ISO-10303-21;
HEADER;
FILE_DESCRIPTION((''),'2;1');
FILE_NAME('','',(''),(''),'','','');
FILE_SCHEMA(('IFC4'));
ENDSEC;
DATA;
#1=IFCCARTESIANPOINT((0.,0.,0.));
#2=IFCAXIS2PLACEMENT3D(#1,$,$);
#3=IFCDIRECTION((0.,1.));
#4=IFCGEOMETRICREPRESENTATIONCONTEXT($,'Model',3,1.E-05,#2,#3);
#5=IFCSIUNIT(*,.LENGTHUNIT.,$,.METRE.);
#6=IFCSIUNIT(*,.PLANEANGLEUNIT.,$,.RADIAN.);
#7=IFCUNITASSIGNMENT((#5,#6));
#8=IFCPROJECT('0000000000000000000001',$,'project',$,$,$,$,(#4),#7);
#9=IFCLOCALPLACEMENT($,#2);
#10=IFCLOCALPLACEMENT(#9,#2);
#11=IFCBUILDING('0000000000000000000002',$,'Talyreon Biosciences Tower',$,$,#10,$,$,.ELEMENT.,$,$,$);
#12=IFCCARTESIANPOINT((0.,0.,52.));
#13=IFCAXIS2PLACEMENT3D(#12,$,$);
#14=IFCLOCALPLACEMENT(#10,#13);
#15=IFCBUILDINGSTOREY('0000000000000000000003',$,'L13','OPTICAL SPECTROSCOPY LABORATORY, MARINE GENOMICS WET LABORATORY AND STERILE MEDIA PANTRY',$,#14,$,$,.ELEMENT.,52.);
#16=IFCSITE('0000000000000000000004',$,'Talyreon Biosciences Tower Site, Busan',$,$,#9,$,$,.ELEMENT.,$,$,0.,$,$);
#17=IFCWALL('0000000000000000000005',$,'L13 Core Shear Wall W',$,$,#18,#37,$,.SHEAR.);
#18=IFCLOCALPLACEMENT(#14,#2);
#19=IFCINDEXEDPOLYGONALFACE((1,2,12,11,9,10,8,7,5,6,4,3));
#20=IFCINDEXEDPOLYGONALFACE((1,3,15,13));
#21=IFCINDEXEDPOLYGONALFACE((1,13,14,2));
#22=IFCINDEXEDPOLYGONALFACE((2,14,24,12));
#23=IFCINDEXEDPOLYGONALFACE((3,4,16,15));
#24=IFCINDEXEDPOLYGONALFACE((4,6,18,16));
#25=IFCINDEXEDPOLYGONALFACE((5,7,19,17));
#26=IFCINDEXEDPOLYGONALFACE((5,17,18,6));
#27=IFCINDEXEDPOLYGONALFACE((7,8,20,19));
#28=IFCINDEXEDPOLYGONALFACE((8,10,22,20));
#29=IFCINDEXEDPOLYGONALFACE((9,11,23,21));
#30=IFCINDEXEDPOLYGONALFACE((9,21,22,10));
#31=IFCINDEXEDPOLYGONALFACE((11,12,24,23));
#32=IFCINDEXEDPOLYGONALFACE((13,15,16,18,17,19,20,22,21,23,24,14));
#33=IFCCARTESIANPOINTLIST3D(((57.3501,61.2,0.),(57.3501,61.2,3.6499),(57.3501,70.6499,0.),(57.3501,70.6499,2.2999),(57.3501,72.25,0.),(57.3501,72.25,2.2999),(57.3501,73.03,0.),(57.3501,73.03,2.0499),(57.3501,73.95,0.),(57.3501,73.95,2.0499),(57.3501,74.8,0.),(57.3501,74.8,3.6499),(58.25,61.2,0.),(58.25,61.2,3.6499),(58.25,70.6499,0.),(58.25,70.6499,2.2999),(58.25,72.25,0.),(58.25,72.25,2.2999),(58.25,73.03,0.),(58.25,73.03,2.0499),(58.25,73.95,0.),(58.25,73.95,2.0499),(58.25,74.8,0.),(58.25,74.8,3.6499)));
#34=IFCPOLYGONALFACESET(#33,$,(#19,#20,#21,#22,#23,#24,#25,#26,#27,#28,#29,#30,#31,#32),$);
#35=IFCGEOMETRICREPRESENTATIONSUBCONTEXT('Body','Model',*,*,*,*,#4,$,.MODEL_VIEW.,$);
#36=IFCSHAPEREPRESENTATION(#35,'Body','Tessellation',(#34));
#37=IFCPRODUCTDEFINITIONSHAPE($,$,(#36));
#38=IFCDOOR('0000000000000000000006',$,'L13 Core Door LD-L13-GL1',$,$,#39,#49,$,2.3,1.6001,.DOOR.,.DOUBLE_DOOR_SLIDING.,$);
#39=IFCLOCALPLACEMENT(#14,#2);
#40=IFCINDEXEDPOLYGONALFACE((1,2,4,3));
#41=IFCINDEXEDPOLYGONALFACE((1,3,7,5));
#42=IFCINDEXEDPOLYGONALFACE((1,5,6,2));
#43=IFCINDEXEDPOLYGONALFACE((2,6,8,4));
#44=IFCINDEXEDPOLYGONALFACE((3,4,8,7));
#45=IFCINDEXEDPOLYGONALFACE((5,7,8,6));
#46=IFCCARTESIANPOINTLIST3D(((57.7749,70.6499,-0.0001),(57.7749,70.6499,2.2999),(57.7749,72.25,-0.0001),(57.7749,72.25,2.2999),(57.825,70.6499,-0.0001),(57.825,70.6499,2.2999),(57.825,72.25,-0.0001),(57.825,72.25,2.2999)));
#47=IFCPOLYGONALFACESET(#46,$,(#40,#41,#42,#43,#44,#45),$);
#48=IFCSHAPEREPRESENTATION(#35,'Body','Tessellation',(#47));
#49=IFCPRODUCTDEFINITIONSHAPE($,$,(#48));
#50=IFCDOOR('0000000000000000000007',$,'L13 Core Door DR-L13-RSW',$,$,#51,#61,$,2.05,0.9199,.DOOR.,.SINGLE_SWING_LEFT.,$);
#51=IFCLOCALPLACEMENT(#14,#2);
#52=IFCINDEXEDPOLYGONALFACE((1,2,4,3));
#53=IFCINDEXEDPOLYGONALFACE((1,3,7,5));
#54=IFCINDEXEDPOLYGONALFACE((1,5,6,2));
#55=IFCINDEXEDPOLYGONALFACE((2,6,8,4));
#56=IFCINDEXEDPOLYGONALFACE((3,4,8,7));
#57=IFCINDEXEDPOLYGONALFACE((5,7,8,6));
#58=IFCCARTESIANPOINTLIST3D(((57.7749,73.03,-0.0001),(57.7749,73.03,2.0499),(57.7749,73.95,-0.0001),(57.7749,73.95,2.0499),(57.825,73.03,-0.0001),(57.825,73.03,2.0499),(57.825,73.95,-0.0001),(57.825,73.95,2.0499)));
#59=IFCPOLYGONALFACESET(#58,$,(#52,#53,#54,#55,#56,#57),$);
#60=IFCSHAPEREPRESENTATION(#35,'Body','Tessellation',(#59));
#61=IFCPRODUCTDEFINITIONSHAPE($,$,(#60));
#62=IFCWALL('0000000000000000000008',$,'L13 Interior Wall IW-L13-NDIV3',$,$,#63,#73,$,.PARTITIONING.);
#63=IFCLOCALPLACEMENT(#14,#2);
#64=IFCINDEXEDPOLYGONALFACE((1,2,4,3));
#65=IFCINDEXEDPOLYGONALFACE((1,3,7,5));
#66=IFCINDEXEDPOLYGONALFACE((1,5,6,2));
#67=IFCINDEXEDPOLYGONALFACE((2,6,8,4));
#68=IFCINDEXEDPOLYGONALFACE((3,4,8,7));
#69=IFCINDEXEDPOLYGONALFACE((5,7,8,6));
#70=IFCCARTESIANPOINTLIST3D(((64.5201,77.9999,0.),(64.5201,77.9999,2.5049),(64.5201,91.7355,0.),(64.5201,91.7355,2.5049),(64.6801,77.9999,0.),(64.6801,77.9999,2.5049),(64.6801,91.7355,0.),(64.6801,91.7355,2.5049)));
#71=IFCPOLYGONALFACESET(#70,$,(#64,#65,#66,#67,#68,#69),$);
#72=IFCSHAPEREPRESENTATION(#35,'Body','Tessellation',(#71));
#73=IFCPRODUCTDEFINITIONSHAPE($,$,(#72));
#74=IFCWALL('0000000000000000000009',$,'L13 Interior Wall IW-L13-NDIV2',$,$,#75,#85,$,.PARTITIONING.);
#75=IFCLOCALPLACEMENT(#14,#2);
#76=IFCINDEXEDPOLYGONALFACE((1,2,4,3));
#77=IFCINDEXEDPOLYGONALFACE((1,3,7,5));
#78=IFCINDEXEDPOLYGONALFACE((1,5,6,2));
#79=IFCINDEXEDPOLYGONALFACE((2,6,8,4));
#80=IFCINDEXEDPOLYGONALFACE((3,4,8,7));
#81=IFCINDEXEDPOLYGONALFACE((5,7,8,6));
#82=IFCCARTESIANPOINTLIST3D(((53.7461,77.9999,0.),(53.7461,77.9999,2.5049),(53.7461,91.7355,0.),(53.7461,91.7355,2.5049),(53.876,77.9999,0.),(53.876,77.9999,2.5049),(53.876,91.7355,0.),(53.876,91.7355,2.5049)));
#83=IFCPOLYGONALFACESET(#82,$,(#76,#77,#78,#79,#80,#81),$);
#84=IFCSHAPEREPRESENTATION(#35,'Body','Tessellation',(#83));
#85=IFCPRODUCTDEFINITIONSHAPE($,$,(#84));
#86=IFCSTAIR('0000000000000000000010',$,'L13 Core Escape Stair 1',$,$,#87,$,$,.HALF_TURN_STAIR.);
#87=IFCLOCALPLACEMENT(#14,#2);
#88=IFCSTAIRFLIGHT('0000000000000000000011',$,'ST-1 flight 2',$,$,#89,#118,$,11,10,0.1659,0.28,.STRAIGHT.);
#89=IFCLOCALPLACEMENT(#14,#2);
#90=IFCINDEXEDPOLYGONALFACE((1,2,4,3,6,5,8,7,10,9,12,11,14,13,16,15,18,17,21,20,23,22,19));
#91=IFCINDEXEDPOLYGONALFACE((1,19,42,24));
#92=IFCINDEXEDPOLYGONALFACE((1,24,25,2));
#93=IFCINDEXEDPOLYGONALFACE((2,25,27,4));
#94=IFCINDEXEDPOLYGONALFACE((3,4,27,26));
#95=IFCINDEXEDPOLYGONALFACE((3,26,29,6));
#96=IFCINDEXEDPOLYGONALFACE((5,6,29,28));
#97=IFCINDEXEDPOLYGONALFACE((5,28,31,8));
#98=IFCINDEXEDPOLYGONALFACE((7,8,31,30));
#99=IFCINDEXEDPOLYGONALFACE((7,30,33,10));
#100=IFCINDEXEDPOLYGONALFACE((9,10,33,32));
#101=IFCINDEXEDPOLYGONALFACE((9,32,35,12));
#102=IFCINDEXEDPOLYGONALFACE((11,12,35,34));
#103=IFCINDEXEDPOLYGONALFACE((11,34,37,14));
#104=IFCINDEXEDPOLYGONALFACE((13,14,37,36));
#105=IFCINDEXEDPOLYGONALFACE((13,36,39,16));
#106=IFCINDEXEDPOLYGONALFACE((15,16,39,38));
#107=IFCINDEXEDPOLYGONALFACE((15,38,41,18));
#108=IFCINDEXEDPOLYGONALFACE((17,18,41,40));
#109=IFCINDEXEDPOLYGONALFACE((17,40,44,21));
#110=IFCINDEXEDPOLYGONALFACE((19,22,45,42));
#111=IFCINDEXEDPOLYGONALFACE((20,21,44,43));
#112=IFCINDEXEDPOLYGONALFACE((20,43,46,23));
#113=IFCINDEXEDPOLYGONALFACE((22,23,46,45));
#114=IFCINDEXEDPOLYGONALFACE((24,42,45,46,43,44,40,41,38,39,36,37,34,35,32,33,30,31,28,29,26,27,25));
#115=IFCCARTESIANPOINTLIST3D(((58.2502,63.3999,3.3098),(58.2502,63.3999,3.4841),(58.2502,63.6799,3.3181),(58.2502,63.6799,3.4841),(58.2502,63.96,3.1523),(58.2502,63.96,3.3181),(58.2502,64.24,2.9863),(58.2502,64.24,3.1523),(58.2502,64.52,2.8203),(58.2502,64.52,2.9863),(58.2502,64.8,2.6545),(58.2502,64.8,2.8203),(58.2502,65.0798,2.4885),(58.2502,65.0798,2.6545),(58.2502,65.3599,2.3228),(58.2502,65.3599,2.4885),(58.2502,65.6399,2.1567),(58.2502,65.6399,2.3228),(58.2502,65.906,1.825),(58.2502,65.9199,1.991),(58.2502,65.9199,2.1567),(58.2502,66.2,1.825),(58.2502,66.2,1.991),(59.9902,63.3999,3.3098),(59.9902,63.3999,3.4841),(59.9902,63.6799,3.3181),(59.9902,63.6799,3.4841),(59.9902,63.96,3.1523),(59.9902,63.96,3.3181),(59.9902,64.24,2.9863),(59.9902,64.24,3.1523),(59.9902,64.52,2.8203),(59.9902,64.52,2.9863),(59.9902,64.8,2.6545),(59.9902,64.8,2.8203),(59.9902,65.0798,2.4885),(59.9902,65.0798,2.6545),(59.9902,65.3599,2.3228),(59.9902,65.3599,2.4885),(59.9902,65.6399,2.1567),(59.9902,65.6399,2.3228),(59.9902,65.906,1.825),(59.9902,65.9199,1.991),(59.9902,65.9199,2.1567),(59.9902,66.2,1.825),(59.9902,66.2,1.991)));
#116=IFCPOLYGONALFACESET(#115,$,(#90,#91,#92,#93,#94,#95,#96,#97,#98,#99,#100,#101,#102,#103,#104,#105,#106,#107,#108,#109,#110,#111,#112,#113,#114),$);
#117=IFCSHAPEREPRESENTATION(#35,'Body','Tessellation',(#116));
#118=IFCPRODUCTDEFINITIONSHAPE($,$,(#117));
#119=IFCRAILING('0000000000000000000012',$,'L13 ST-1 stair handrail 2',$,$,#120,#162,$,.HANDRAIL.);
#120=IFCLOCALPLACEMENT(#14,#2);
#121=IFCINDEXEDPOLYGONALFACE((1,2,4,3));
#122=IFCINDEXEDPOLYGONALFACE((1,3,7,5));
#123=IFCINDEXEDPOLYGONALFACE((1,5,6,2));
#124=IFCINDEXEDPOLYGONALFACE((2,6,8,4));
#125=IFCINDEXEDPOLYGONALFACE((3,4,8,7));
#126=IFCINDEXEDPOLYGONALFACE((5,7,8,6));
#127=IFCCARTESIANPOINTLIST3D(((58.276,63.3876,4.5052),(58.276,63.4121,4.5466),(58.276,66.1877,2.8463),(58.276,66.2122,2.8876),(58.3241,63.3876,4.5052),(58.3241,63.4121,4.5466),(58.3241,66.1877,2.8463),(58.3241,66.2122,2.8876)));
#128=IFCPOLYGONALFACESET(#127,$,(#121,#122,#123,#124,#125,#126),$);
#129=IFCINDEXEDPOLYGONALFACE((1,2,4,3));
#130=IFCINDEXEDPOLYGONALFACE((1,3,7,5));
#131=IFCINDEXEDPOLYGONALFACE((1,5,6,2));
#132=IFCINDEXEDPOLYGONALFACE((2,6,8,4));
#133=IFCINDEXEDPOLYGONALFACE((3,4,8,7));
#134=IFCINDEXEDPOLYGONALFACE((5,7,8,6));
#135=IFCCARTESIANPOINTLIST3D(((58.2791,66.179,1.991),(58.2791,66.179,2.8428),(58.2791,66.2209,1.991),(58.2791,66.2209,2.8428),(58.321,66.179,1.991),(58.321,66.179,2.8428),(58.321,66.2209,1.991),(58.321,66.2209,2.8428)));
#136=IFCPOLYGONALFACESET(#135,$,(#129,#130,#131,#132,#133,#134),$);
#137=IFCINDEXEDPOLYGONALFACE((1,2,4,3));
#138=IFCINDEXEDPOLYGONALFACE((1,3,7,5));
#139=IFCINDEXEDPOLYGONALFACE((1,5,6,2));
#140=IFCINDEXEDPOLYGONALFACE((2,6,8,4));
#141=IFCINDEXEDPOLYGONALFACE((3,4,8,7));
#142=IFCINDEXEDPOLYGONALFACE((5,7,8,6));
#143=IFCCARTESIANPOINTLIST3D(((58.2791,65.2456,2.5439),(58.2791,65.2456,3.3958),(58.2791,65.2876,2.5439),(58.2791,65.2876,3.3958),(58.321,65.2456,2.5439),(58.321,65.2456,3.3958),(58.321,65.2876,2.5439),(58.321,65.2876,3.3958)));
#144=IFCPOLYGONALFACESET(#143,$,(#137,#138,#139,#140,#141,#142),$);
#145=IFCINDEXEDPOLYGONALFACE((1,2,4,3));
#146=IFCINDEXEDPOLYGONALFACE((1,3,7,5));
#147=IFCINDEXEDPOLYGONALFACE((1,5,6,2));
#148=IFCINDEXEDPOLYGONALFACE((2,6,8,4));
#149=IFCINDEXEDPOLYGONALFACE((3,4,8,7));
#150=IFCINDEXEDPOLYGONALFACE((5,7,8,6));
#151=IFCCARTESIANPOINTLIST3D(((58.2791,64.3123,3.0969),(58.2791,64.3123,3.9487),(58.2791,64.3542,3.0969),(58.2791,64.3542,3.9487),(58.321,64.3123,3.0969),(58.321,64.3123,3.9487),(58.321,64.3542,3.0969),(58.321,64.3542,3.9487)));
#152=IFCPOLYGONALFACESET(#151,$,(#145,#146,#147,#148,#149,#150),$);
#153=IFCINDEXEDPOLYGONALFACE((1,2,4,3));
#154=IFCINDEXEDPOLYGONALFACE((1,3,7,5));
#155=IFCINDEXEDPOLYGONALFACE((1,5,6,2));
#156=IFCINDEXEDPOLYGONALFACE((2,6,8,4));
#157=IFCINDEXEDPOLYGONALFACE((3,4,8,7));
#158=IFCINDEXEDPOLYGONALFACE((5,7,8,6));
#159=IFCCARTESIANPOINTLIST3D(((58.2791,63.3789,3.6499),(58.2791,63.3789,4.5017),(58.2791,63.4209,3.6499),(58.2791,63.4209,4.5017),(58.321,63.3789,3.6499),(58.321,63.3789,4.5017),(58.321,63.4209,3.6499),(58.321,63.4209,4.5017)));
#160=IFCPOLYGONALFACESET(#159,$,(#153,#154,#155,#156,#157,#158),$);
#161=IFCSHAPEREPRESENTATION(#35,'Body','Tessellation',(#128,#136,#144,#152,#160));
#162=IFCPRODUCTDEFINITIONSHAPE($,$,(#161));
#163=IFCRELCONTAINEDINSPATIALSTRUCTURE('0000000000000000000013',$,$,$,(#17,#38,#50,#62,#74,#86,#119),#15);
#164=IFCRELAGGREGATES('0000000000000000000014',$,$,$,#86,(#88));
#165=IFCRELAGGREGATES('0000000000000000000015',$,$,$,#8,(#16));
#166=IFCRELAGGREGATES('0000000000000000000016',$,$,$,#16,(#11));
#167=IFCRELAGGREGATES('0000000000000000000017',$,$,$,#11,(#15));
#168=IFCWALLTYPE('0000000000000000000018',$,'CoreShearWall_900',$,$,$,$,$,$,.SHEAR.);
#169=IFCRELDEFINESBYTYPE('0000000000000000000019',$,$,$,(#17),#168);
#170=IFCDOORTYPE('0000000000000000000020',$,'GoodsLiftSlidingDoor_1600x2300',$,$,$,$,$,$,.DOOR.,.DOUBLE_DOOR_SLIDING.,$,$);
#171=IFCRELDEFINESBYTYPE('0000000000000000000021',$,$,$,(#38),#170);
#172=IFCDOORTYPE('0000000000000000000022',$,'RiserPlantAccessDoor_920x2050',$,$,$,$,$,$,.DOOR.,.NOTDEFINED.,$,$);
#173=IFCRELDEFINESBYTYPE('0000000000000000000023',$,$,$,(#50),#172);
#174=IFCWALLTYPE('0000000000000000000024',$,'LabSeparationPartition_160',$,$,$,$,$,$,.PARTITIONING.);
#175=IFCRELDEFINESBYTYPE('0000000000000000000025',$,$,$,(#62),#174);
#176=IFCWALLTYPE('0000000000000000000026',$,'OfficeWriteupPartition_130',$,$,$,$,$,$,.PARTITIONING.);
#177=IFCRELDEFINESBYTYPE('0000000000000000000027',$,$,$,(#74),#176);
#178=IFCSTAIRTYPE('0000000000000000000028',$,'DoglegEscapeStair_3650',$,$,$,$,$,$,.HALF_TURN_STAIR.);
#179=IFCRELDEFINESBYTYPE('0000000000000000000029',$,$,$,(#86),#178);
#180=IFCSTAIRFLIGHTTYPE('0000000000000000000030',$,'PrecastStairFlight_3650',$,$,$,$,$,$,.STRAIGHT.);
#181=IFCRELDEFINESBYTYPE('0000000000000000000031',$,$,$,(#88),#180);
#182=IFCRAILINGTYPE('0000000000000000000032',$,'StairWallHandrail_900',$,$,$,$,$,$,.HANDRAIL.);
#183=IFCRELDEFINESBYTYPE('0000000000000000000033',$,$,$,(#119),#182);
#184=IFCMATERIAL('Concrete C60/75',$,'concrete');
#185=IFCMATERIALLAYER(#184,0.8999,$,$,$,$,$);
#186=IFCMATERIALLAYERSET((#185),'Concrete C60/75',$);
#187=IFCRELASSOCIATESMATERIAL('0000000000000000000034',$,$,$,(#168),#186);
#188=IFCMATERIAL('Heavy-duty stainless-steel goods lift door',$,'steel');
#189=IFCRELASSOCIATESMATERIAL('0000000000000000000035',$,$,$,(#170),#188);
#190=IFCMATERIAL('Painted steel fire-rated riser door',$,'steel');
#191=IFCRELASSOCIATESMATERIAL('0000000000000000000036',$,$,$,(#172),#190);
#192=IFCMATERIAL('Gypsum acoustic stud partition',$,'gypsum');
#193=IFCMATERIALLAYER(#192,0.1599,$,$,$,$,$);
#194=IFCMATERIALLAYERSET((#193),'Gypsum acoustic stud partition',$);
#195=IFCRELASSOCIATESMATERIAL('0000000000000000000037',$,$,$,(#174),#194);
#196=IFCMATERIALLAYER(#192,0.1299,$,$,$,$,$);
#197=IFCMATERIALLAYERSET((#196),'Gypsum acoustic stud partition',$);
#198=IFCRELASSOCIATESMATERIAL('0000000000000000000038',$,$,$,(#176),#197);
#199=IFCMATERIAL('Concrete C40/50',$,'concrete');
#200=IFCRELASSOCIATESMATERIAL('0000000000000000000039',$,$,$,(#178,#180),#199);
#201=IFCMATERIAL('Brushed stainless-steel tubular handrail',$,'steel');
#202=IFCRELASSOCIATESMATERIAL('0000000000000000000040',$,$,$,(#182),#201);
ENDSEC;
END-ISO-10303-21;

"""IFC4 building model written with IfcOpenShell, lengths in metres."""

from ifc_helpers import new_model, si_unit, direction, frame, frame_2d, origin, origin_2d, place, context, subcontext, project, spatial, polyline, rectangle, outline, extrude, material, layer, layer_set, type_object, element, fill, aggregate, save


model = new_model("IFC4")

# Units and contexts
model_context = context("Model", 3, precision=1e-05, world=origin(), true_north=direction((0.0, 1.0)))
body_context = subcontext(model_context, "Body", "Model", "MODEL_VIEW")
ifc_project = project(units=[si_unit("LENGTHUNIT", "METRE"), si_unit("PLANEANGLEUNIT", "RADIAN")], contexts=[model_context])

# Site, building, storey
site_placement = place(None, origin())
site = spatial("IfcSite", under=ifc_project, at=site_placement, Name="Talyreon Biosciences Tower Site, Busan", CompositionType="ELEMENT", RefElevation=0.0)
building_placement = place(site_placement, origin())
building = spatial("IfcBuilding", under=site, at=building_placement, Name="Talyreon Biosciences Tower", CompositionType="ELEMENT")
storey_placement = place(building_placement, frame((0.0, 0.0, 52.0)))
storey = spatial("IfcBuildingStorey", under=building, at=storey_placement, Name="L13", Description="OPTICAL SPECTROSCOPY LABORATORY, MARINE GENOMICS WET LABORATORY AND STERILE MEDIA PANTRY", CompositionType="ELEMENT", Elevation=52.0)

# Shared definitions
ifc_material_1 = material(Name="Concrete C60/75", Category="concrete")

# Shared definitions
ifc_layer_1 = layer(ifc_material_1, 0.8999)
ifc_layer_set_1 = layer_set([ifc_layer_1], Name="Concrete C60/75")
wall_type_1 = type_object("IfcWallType", Name="CoreShearWall_900", PredefinedType="SHEAR", material=ifc_layer_set_1)

# Wall, openings, doors
wall_1_placement = place(storey_placement, frame((57.8, 74.8, 0.0), z_axis=(0.0, 0.0, 1.0), x_axis=(0.0, -1.0, 0.0)))
wall_1 = element("IfcWall", 1, at=wall_1_placement, inside=storey, type_object=wall_type_1, Name="L13 Core Shear Wall W", PredefinedType="SHEAR", context=body_context, shape_type="SweptSolid", body=[
    extrude(rectangle(XDim=13.6001, YDim=0.8999, at=frame_2d((6.8, 0.0))), origin(), (0.0, 0.0, 1.0), 3.6499),
])
opening_1_placement = place(wall_1_placement, frame((0.8501, 0.0, 0.0)))
opening_1 = element("IfcOpeningElement", 2, at=opening_1_placement, cuts=wall_1, PredefinedType="OPENING", context=body_context, shape_type="SweptSolid", body=[
    extrude(rectangle(XDim=0.9199, YDim=2.05, at=frame_2d((0.46, 1.0249))), frame((0.0, 0.46, 0.0), z_axis=(0.0, -1.0, 0.0), x_axis=(1.0, 0.0, 0.0)), (0.0, 0.0, 1.0), 0.9199),
])
opening_2_placement = place(wall_1_placement, frame((2.55, 0.0, 0.0)))
opening_2 = element("IfcOpeningElement", 3, at=opening_2_placement, cuts=wall_1, PredefinedType="OPENING", context=body_context, shape_type="SweptSolid", body=[
    extrude(rectangle(XDim=1.6001, YDim=2.3, at=frame_2d((0.8, 1.1499))), frame((0.0, 0.46, 0.0), z_axis=(0.0, -1.0, 0.0), x_axis=(1.0, 0.0, 0.0)), (0.0, 0.0, 1.0), 0.9199),
])
ifc_material_2 = material(Name="Heavy-duty stainless-steel goods lift door", Category="steel")
door_type_1 = type_object("IfcDoorType", Name="GoodsLiftSlidingDoor_1600x2300", OperationType="DOUBLE_DOOR_SLIDING", PredefinedType="DOOR", material=ifc_material_2)
door_1_placement = place(opening_2_placement, origin())
door_1 = element("IfcDoor", 4, at=door_1_placement, inside=storey, type_object=door_type_1, Name="L13 Core Door LD-L13-GL1", OperationType="DOUBLE_DOOR_SLIDING", OverallHeight=2.3, OverallWidth=1.6001, PredefinedType="DOOR", context=body_context, shape_type="SweptSolid", body=[
    extrude(rectangle(XDim=1.6001, YDim=2.3, at=frame_2d((0.8, 1.1499))), frame((0.0, 0.0249, 0.0), z_axis=(0.0, -1.0, 0.0), x_axis=(1.0, 0.0, 0.0)), (0.0, 0.0, 1.0), 0.05),
])
fill(opening_2, door_1)
ifc_material_3 = material(Name="Painted steel fire-rated riser door", Category="steel")
door_type_2 = type_object("IfcDoorType", Name="RiserPlantAccessDoor_920x2050", OperationType="NOTDEFINED", PredefinedType="DOOR", material=ifc_material_3)
door_2_placement = place(opening_1_placement, origin())
door_2 = element("IfcDoor", 5, at=door_2_placement, inside=storey, type_object=door_type_2, Name="L13 Core Door DR-L13-RSW", OperationType="SINGLE_SWING_LEFT", OverallHeight=2.05, OverallWidth=0.9199, PredefinedType="DOOR", context=body_context, shape_type="SweptSolid", body=[
    extrude(rectangle(XDim=0.9199, YDim=2.05, at=frame_2d((0.46, 1.0249))), frame((0.0, 0.0249, 0.0), z_axis=(0.0, -1.0, 0.0), x_axis=(1.0, 0.0, 0.0)), (0.0, 0.0, 1.0), 0.05),
])
fill(opening_1, door_2)

# Walls
ifc_material_4 = material(Name="Gypsum acoustic stud partition", Category="gypsum")
ifc_layer_2 = layer(ifc_material_4, 0.1599)
ifc_layer_set_2 = layer_set([ifc_layer_2], Name="Gypsum acoustic stud partition")
wall_type_2 = type_object("IfcWallType", Name="LabSeparationPartition_160", PredefinedType="PARTITIONING", material=ifc_layer_set_2)
wall_2_placement = place(storey_placement, frame((64.6001, 78.0, 0.0), z_axis=(0.0, 0.0, 1.0), x_axis=(0.0, 1.0, 0.0)))
element("IfcWall", 6, at=wall_2_placement, inside=storey, type_object=wall_type_2, Name="L13 Interior Wall IW-L13-NDIV3", PredefinedType="PARTITIONING", context=body_context, shape_type="SweptSolid", body=[
    extrude(rectangle(XDim=13.7356, YDim=0.1599, at=frame_2d((6.8677, 0.0))), origin(), (0.0, 0.0, 1.0), 2.5049),
])
ifc_layer_3 = layer(ifc_material_4, 0.1299)
ifc_layer_set_3 = layer_set([ifc_layer_3], Name="Gypsum acoustic stud partition")
wall_type_3 = type_object("IfcWallType", Name="OfficeWriteupPartition_130", PredefinedType="PARTITIONING", material=ifc_layer_set_3)
wall_3_placement = place(storey_placement, frame((53.811, 78.0, 0.0), z_axis=(0.0, 0.0, 1.0), x_axis=(0.0, 1.0, 0.0)))
element("IfcWall", 7, at=wall_3_placement, inside=storey, type_object=wall_type_3, Name="L13 Interior Wall IW-L13-NDIV2", PredefinedType="PARTITIONING", context=body_context, shape_type="SweptSolid", body=[
    extrude(rectangle(XDim=13.7356, YDim=0.1299, at=frame_2d((6.8677, 0.0))), origin(), (0.0, 0.0, 1.0), 2.5049),
])

# Stair, stair flight
ifc_material_5 = material(Name="Concrete C40/50", Category="concrete")
stair_type = type_object("IfcStairType", Name="DoglegEscapeStair_3650", PredefinedType="HALF_TURN_STAIR", material=ifc_material_5)
stair_placement = place(storey_placement, origin())
stair = element("IfcStair", 8, at=stair_placement, inside=storey, type_object=stair_type, Name="L13 Core Escape Stair 1", PredefinedType="HALF_TURN_STAIR")
stair_flight_type = type_object("IfcStairFlightType", Name="PrecastStairFlight_3650", PredefinedType="STRAIGHT", material=ifc_material_5)
stair_flight_placement = place(storey_placement, frame((59.1201, 66.2, 1.825), z_axis=(0.0, 0.0, 1.0), x_axis=(0.0, -1.0, 0.0)))
stair_flight = element("IfcStairFlight", 9, at=stair_flight_placement, type_object=stair_flight_type, Name="ST-1 flight 2", NumberOfRisers=11, NumberOfTreads=10, PredefinedType="STRAIGHT", RiserHeight=0.1659, TreadLength=0.28, context=body_context, shape_type="SweptSolid", body=[
    extrude(outline(polyline([(0.0, 0.0), (0.0, 0.166), (0.28, 0.166), (0.28, 0.3318), (0.5601, 0.3318), (0.5601, 0.4978), (0.8401, 0.4978), (0.8401, 0.6636), (1.1201, 0.6636), (1.1201, 0.8296), (1.3999, 0.8296), (1.3999, 0.9954), (1.6799, 0.9954), (1.6799, 1.1614), (1.96, 1.1614), (1.96, 1.3274), (2.24, 1.3274), (2.24, 1.4932), (2.52, 1.4932), (2.52, 1.6592), (2.8, 1.6592), (2.8, 1.825), (2.8, 1.4849), (0.2939, 0.0), (0.0, 0.0)])), frame((0.0, 0.8701, 0.0), z_axis=(0.0, -1.0, 0.0), x_axis=(1.0, 0.0, 0.0)), (0.0, 0.0, 1.0), 1.74),
])
aggregate(stair, [stair_flight])

# Railing
ifc_material_6 = material(Name="Brushed stainless-steel tubular handrail", Category="steel")
railing_type_1 = type_object("IfcRailingType", Name="StairWallHandrail_900", PredefinedType="HANDRAIL", material=ifc_material_6)
railing_1_placement = place(storey_placement, frame((58.3, 66.2, 1.991)))
element("IfcRailing", 10, at=railing_1_placement, inside=storey, type_object=railing_type_1, Name="L13 ST-1 stair handrail 2", PredefinedType="HANDRAIL", context=body_context, shape_type="SweptSolid", body=[
    extrude(rectangle(XDim=0.0481, YDim=0.0481, at=origin_2d()), frame((0.0, 0.0, 0.876), z_axis=(0.0, -0.860339, 0.509722), x_axis=(1.0, 0.0, 0.0)), (0.0, 0.0, 1.0), 3.2546),
    extrude(rectangle(XDim=0.042, YDim=0.042, at=origin_2d()), origin(), (0.0, 0.0, 1.0), 0.8518),
    extrude(rectangle(XDim=0.042, YDim=0.042, at=origin_2d()), frame((0.0, -0.9333, 0.553)), (0.0, 0.0, 1.0), 0.8518),
    extrude(rectangle(XDim=0.042, YDim=0.042, at=origin_2d()), frame((0.0, -1.8667, 1.106)), (0.0, 0.0, 1.0), 0.8518),
    extrude(rectangle(XDim=0.042, YDim=0.042, at=origin_2d()), frame((0.0, -2.8, 1.6589)), (0.0, 0.0, 1.0), 0.8518),
])

save(model, "model.ifc")
